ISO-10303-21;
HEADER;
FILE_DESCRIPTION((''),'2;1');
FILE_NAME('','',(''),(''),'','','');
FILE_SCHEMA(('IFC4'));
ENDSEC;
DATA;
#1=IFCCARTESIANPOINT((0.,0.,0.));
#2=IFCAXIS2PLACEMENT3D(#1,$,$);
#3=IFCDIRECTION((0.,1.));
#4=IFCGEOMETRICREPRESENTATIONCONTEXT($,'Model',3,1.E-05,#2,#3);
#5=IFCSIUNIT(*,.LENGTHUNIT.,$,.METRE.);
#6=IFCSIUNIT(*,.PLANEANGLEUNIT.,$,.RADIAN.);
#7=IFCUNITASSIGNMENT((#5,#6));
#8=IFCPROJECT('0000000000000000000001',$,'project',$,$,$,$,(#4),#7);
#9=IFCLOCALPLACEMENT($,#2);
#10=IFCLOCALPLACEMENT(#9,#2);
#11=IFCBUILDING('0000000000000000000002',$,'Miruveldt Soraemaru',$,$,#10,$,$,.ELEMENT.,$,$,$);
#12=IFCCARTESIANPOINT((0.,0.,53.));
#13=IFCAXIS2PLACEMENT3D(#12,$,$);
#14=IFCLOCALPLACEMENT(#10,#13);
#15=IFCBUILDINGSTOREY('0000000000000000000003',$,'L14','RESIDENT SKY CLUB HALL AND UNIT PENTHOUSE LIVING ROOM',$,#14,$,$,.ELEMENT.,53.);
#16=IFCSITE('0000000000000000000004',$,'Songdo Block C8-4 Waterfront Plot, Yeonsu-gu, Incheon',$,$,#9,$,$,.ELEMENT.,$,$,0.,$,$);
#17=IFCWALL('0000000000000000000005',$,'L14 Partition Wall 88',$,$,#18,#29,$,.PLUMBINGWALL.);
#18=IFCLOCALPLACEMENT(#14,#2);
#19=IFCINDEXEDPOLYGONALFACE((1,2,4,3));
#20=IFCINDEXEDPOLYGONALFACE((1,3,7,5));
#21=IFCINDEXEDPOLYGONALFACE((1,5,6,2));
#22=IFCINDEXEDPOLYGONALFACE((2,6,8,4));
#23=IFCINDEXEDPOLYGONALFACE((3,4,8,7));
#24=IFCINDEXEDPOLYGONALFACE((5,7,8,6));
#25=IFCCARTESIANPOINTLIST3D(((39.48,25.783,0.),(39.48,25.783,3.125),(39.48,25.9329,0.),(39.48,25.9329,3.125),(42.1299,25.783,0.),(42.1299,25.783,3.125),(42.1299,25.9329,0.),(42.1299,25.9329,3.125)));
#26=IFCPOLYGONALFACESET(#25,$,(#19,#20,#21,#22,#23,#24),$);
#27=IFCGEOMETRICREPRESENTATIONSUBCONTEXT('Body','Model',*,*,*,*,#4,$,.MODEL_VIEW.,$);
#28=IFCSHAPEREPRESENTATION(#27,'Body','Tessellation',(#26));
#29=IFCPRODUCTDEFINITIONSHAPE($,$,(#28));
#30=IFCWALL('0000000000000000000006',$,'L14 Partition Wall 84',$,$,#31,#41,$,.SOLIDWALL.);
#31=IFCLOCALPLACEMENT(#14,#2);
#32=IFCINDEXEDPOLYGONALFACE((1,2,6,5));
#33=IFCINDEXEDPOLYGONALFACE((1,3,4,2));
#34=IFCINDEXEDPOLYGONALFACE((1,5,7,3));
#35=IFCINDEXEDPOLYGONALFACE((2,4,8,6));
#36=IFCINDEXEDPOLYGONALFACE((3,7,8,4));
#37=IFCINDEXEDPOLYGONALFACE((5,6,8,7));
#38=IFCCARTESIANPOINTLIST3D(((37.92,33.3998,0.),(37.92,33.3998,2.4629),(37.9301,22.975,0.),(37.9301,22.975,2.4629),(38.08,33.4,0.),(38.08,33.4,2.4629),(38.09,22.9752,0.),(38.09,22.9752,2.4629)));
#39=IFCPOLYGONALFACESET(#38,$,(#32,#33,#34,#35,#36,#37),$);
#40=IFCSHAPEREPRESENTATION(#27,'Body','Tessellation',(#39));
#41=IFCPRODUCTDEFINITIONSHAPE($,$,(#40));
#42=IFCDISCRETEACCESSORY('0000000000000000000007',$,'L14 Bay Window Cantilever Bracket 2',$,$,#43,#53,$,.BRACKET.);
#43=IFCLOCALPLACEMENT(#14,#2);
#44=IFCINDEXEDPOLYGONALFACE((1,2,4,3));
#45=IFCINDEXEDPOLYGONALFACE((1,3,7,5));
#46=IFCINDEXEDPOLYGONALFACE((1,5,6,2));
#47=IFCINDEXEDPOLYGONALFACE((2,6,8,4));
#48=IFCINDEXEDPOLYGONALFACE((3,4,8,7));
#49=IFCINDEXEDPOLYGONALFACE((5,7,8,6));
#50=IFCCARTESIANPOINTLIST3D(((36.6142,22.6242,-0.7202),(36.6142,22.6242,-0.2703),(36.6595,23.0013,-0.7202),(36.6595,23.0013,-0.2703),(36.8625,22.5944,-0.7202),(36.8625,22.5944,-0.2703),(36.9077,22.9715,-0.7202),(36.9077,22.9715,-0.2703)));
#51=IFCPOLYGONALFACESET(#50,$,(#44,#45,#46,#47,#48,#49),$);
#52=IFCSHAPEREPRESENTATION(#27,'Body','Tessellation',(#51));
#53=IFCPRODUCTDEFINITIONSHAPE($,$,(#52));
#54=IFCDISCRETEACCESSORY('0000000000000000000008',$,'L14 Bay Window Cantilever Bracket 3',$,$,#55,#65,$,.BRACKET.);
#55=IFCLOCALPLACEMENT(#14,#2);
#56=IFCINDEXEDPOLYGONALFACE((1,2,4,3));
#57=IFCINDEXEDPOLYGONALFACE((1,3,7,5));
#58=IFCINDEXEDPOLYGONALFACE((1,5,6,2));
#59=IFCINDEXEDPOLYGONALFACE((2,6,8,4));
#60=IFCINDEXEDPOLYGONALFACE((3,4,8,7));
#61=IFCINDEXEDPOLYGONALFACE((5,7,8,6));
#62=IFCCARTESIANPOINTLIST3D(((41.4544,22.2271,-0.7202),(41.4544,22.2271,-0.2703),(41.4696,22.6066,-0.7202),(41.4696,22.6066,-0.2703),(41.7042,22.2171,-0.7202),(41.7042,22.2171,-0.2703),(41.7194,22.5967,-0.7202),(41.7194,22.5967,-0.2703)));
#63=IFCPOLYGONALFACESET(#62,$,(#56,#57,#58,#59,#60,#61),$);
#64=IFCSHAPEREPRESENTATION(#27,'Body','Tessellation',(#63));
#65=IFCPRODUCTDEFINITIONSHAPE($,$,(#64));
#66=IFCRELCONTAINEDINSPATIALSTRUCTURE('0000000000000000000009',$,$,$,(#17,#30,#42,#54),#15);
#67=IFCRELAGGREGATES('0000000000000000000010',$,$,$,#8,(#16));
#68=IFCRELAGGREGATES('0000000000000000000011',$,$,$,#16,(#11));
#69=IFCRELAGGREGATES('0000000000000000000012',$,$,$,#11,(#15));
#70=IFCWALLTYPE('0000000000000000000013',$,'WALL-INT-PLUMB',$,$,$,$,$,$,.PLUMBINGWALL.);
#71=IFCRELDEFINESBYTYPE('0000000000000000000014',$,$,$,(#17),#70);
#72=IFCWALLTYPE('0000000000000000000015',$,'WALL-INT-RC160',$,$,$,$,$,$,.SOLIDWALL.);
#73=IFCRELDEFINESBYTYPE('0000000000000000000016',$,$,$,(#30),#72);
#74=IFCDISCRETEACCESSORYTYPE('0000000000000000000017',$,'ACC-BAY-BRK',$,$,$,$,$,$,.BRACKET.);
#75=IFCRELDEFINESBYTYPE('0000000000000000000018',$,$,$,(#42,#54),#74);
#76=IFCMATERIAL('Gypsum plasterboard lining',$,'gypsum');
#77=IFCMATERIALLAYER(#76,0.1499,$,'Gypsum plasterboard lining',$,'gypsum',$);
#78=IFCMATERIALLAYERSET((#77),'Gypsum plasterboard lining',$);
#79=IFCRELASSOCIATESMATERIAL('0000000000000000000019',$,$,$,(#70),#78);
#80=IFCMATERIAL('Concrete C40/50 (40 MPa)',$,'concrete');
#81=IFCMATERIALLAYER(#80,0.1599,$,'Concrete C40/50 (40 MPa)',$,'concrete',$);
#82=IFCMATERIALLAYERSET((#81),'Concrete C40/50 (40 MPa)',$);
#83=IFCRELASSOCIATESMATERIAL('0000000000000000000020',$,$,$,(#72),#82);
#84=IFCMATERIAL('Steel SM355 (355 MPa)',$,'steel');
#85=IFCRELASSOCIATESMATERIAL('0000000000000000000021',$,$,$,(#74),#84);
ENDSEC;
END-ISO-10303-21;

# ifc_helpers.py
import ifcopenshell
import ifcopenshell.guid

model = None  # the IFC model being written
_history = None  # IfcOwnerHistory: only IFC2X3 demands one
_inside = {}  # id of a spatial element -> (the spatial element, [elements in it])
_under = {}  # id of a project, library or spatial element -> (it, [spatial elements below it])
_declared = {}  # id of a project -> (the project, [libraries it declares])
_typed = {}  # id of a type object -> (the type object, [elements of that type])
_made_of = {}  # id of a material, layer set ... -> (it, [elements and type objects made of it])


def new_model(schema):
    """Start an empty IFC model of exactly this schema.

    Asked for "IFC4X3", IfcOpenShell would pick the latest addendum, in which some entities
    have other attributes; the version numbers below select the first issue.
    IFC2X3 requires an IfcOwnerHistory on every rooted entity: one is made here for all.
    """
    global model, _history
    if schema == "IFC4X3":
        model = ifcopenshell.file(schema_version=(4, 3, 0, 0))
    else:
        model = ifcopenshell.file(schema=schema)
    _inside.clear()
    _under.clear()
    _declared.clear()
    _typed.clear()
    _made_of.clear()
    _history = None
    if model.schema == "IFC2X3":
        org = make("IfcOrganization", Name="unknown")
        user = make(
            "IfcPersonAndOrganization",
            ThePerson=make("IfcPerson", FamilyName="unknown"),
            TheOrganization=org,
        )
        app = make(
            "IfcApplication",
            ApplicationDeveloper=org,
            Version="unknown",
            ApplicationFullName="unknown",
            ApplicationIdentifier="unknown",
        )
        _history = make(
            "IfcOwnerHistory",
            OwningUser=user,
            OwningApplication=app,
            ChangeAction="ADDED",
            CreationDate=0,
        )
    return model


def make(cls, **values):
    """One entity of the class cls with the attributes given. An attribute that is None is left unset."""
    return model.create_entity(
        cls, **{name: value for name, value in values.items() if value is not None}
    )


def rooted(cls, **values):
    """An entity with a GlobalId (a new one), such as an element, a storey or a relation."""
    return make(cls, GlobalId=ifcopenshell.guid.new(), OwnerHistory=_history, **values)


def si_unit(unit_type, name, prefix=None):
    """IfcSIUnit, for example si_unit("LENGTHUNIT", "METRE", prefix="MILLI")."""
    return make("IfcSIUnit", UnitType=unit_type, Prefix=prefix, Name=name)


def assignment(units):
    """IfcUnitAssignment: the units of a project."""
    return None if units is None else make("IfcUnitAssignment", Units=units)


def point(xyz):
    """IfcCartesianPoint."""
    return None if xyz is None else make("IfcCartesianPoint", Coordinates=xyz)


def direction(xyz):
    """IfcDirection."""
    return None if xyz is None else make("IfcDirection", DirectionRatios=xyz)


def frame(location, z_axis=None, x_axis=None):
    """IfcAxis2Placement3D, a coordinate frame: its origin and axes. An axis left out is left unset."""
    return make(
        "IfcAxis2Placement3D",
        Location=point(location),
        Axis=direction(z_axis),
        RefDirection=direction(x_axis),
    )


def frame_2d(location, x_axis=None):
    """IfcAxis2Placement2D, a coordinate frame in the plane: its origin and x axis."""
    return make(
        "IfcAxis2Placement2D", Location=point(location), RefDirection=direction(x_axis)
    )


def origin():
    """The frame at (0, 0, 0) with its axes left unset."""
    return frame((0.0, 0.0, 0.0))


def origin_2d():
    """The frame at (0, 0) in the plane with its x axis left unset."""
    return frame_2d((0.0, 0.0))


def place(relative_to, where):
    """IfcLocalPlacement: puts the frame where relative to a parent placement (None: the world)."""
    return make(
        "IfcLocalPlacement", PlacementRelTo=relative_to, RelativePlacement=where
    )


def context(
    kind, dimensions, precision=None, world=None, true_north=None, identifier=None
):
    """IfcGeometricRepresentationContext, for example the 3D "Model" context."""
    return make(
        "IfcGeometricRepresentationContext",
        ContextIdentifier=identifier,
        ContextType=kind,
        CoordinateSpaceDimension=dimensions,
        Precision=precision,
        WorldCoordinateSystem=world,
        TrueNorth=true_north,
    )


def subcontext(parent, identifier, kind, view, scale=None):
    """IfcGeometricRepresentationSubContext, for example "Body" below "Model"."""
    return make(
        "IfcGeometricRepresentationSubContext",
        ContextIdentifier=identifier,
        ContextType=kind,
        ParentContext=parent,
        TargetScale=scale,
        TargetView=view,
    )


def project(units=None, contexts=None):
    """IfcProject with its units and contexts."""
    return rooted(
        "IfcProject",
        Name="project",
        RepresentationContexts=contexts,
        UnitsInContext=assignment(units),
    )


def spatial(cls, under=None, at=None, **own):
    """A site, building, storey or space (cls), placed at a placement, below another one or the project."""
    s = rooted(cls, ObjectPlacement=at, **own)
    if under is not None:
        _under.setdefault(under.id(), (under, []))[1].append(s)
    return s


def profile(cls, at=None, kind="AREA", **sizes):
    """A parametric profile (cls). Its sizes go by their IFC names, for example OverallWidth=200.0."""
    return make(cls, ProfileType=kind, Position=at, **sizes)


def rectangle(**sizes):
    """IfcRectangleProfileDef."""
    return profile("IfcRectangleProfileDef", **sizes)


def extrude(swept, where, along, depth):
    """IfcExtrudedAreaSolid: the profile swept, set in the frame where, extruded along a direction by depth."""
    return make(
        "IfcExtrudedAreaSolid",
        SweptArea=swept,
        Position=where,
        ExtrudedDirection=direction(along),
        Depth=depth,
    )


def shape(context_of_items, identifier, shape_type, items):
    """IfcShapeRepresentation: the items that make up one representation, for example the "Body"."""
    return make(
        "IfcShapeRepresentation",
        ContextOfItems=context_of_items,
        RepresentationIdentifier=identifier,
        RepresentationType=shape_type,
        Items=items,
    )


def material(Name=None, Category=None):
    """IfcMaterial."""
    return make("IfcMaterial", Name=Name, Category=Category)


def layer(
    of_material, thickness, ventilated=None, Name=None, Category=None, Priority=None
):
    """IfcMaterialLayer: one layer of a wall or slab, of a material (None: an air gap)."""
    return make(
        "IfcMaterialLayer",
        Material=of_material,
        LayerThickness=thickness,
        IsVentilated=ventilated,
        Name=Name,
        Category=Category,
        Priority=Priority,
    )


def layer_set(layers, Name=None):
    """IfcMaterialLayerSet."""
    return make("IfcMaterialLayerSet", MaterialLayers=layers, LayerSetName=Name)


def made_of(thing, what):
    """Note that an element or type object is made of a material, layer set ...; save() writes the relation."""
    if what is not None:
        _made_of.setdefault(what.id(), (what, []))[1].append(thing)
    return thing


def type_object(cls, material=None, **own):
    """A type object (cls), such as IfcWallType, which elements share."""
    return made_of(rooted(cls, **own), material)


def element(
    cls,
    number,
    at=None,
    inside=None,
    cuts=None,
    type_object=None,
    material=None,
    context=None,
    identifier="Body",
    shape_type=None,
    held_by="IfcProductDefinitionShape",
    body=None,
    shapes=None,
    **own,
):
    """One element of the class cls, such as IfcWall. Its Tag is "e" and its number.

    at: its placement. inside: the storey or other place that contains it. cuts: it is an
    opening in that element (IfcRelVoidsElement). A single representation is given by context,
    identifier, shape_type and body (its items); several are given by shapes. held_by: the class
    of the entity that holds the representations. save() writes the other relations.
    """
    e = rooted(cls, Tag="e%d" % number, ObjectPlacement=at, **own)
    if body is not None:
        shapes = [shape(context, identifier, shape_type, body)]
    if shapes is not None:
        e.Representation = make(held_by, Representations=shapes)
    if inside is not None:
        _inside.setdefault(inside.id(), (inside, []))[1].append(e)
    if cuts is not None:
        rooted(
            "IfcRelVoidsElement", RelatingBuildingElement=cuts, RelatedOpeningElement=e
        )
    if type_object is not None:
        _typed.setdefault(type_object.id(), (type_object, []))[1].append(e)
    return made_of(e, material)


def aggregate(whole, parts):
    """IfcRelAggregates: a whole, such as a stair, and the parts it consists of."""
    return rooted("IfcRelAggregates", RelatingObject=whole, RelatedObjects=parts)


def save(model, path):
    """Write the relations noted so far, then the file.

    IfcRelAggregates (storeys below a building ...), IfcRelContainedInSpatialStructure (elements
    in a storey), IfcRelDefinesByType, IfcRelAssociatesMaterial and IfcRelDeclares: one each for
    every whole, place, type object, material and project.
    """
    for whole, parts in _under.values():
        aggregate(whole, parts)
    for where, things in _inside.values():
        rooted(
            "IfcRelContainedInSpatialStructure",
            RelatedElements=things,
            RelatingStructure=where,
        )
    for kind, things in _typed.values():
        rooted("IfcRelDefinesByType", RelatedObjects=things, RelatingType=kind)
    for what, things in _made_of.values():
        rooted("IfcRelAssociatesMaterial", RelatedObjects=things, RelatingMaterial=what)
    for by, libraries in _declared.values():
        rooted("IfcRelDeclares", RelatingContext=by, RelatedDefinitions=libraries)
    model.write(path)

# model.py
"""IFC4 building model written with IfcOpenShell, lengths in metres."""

from ifc_helpers import new_model, si_unit, direction, frame, frame_2d, origin, origin_2d, place, context, subcontext, project, spatial, rectangle, extrude, material, layer, layer_set, type_object, element, save


model = new_model("IFC4")

# Units and contexts
model_context = context("Model", 3, precision=1e-05, world=origin(), true_north=direction((0.0, 1.0)))
body_context = subcontext(model_context, "Body", "Model", "MODEL_VIEW")
ifc_project = project(units=[si_unit("LENGTHUNIT", "METRE"), si_unit("PLANEANGLEUNIT", "RADIAN")], contexts=[model_context])

# Site, building, storey
site_placement = place(None, origin())
site = spatial("IfcSite", under=ifc_project, at=site_placement, Name="Songdo Block C8-4 Waterfront Plot, Yeonsu-gu, Incheon", CompositionType="ELEMENT", RefElevation=0.0)
building_placement = place(site_placement, origin())
building = spatial("IfcBuilding", under=site, at=building_placement, Name="Miruveldt Soraemaru", CompositionType="ELEMENT")
storey_placement = place(building_placement, frame((0.0, 0.0, 53.0)))
storey = spatial("IfcBuildingStorey", under=building, at=storey_placement, Name="L14", Description="RESIDENT SKY CLUB HALL AND UNIT PENTHOUSE LIVING ROOM", CompositionType="ELEMENT", Elevation=53.0)

# Shared definitions
ifc_material_1 = material(Name="Steel SM355 (355 MPa)", Category="steel")

# Shared definitions
ifc_material_2 = material(Name="Gypsum plasterboard lining", Category="gypsum")

# Shared definitions
ifc_layer_1 = layer(ifc_material_2, 0.1499, Name="Gypsum plasterboard lining", Category="gypsum")
ifc_layer_set_1 = layer_set([ifc_layer_1], Name="Gypsum plasterboard lining")
wall_type_1 = type_object("IfcWallType", Name="WALL-INT-PLUMB", PredefinedType="PLUMBINGWALL", material=ifc_layer_set_1)

# Walls
wall_1_placement = place(storey_placement, frame((39.48, 25.8579, 0.0), z_axis=(0.0, 0.0, 1.0), x_axis=(1.0, 0.0, 0.0)))
element("IfcWall", 1, at=wall_1_placement, inside=storey, type_object=wall_type_1, Name="L14 Partition Wall 88", PredefinedType="PLUMBINGWALL", context=body_context, shape_type="SweptSolid", body=[
    extrude(rectangle(XDim=2.6499, YDim=0.1499, at=frame_2d((1.325, 0.0))), origin(), (0.0, 0.0, 1.0), 3.125),
])
ifc_material_3 = material(Name="Concrete C40/50 (40 MPa)", Category="concrete")
ifc_layer_2 = layer(ifc_material_3, 0.1599, Name="Concrete C40/50 (40 MPa)", Category="concrete")
ifc_layer_set_2 = layer_set([ifc_layer_2], Name="Concrete C40/50 (40 MPa)")
wall_type_2 = type_object("IfcWallType", Name="WALL-INT-RC160", PredefinedType="SOLIDWALL", material=ifc_layer_set_2)
wall_2_placement = place(storey_placement, frame((38.01, 22.9751, 0.0), z_axis=(0.0, 0.0, 1.0), x_axis=(-0.00096, 1.0, 0.0)))
element("IfcWall", 2, at=wall_2_placement, inside=storey, type_object=wall_type_2, Name="L14 Partition Wall 84", PredefinedType="SOLIDWALL", context=body_context, shape_type="SweptSolid", body=[
    extrude(rectangle(XDim=10.4248, YDim=0.1599, at=frame_2d((5.2124, 0.0))), origin(), (0.0, 0.0, 1.0), 2.4629),
])

# Discrete accessories
discrete_accessory_type = type_object("IfcDiscreteAccessoryType", Name="ACC-BAY-BRK", PredefinedType="BRACKET", material=ifc_material_1)
for number, where, z_axis, x_axis, name in (
    (3, (36.761, 22.7979, -0.7202), (0.0, 0.0, 1.0), (-0.119149, -0.992876, 0.0), "L14 Bay Window Cantilever Bracket 2"),
    (4, (41.5869, 22.4119, -0.7202), (0.0, 0.0, 1.0), (-0.039957, -0.999201, 0.0), "L14 Bay Window Cantilever Bracket 3"),
):
    element("IfcDiscreteAccessory", number, at=place(storey_placement, frame(where, z_axis=z_axis, x_axis=x_axis)), inside=storey, type_object=discrete_accessory_type, Name=name, PredefinedType="BRACKET", context=body_context, shape_type="SweptSolid", body=[
        extrude(rectangle(XDim=0.3799, YDim=0.25, at=origin_2d()), origin(), (0.0, 0.0, 1.0), 0.45),
    ])

save(model, "model.ifc")
